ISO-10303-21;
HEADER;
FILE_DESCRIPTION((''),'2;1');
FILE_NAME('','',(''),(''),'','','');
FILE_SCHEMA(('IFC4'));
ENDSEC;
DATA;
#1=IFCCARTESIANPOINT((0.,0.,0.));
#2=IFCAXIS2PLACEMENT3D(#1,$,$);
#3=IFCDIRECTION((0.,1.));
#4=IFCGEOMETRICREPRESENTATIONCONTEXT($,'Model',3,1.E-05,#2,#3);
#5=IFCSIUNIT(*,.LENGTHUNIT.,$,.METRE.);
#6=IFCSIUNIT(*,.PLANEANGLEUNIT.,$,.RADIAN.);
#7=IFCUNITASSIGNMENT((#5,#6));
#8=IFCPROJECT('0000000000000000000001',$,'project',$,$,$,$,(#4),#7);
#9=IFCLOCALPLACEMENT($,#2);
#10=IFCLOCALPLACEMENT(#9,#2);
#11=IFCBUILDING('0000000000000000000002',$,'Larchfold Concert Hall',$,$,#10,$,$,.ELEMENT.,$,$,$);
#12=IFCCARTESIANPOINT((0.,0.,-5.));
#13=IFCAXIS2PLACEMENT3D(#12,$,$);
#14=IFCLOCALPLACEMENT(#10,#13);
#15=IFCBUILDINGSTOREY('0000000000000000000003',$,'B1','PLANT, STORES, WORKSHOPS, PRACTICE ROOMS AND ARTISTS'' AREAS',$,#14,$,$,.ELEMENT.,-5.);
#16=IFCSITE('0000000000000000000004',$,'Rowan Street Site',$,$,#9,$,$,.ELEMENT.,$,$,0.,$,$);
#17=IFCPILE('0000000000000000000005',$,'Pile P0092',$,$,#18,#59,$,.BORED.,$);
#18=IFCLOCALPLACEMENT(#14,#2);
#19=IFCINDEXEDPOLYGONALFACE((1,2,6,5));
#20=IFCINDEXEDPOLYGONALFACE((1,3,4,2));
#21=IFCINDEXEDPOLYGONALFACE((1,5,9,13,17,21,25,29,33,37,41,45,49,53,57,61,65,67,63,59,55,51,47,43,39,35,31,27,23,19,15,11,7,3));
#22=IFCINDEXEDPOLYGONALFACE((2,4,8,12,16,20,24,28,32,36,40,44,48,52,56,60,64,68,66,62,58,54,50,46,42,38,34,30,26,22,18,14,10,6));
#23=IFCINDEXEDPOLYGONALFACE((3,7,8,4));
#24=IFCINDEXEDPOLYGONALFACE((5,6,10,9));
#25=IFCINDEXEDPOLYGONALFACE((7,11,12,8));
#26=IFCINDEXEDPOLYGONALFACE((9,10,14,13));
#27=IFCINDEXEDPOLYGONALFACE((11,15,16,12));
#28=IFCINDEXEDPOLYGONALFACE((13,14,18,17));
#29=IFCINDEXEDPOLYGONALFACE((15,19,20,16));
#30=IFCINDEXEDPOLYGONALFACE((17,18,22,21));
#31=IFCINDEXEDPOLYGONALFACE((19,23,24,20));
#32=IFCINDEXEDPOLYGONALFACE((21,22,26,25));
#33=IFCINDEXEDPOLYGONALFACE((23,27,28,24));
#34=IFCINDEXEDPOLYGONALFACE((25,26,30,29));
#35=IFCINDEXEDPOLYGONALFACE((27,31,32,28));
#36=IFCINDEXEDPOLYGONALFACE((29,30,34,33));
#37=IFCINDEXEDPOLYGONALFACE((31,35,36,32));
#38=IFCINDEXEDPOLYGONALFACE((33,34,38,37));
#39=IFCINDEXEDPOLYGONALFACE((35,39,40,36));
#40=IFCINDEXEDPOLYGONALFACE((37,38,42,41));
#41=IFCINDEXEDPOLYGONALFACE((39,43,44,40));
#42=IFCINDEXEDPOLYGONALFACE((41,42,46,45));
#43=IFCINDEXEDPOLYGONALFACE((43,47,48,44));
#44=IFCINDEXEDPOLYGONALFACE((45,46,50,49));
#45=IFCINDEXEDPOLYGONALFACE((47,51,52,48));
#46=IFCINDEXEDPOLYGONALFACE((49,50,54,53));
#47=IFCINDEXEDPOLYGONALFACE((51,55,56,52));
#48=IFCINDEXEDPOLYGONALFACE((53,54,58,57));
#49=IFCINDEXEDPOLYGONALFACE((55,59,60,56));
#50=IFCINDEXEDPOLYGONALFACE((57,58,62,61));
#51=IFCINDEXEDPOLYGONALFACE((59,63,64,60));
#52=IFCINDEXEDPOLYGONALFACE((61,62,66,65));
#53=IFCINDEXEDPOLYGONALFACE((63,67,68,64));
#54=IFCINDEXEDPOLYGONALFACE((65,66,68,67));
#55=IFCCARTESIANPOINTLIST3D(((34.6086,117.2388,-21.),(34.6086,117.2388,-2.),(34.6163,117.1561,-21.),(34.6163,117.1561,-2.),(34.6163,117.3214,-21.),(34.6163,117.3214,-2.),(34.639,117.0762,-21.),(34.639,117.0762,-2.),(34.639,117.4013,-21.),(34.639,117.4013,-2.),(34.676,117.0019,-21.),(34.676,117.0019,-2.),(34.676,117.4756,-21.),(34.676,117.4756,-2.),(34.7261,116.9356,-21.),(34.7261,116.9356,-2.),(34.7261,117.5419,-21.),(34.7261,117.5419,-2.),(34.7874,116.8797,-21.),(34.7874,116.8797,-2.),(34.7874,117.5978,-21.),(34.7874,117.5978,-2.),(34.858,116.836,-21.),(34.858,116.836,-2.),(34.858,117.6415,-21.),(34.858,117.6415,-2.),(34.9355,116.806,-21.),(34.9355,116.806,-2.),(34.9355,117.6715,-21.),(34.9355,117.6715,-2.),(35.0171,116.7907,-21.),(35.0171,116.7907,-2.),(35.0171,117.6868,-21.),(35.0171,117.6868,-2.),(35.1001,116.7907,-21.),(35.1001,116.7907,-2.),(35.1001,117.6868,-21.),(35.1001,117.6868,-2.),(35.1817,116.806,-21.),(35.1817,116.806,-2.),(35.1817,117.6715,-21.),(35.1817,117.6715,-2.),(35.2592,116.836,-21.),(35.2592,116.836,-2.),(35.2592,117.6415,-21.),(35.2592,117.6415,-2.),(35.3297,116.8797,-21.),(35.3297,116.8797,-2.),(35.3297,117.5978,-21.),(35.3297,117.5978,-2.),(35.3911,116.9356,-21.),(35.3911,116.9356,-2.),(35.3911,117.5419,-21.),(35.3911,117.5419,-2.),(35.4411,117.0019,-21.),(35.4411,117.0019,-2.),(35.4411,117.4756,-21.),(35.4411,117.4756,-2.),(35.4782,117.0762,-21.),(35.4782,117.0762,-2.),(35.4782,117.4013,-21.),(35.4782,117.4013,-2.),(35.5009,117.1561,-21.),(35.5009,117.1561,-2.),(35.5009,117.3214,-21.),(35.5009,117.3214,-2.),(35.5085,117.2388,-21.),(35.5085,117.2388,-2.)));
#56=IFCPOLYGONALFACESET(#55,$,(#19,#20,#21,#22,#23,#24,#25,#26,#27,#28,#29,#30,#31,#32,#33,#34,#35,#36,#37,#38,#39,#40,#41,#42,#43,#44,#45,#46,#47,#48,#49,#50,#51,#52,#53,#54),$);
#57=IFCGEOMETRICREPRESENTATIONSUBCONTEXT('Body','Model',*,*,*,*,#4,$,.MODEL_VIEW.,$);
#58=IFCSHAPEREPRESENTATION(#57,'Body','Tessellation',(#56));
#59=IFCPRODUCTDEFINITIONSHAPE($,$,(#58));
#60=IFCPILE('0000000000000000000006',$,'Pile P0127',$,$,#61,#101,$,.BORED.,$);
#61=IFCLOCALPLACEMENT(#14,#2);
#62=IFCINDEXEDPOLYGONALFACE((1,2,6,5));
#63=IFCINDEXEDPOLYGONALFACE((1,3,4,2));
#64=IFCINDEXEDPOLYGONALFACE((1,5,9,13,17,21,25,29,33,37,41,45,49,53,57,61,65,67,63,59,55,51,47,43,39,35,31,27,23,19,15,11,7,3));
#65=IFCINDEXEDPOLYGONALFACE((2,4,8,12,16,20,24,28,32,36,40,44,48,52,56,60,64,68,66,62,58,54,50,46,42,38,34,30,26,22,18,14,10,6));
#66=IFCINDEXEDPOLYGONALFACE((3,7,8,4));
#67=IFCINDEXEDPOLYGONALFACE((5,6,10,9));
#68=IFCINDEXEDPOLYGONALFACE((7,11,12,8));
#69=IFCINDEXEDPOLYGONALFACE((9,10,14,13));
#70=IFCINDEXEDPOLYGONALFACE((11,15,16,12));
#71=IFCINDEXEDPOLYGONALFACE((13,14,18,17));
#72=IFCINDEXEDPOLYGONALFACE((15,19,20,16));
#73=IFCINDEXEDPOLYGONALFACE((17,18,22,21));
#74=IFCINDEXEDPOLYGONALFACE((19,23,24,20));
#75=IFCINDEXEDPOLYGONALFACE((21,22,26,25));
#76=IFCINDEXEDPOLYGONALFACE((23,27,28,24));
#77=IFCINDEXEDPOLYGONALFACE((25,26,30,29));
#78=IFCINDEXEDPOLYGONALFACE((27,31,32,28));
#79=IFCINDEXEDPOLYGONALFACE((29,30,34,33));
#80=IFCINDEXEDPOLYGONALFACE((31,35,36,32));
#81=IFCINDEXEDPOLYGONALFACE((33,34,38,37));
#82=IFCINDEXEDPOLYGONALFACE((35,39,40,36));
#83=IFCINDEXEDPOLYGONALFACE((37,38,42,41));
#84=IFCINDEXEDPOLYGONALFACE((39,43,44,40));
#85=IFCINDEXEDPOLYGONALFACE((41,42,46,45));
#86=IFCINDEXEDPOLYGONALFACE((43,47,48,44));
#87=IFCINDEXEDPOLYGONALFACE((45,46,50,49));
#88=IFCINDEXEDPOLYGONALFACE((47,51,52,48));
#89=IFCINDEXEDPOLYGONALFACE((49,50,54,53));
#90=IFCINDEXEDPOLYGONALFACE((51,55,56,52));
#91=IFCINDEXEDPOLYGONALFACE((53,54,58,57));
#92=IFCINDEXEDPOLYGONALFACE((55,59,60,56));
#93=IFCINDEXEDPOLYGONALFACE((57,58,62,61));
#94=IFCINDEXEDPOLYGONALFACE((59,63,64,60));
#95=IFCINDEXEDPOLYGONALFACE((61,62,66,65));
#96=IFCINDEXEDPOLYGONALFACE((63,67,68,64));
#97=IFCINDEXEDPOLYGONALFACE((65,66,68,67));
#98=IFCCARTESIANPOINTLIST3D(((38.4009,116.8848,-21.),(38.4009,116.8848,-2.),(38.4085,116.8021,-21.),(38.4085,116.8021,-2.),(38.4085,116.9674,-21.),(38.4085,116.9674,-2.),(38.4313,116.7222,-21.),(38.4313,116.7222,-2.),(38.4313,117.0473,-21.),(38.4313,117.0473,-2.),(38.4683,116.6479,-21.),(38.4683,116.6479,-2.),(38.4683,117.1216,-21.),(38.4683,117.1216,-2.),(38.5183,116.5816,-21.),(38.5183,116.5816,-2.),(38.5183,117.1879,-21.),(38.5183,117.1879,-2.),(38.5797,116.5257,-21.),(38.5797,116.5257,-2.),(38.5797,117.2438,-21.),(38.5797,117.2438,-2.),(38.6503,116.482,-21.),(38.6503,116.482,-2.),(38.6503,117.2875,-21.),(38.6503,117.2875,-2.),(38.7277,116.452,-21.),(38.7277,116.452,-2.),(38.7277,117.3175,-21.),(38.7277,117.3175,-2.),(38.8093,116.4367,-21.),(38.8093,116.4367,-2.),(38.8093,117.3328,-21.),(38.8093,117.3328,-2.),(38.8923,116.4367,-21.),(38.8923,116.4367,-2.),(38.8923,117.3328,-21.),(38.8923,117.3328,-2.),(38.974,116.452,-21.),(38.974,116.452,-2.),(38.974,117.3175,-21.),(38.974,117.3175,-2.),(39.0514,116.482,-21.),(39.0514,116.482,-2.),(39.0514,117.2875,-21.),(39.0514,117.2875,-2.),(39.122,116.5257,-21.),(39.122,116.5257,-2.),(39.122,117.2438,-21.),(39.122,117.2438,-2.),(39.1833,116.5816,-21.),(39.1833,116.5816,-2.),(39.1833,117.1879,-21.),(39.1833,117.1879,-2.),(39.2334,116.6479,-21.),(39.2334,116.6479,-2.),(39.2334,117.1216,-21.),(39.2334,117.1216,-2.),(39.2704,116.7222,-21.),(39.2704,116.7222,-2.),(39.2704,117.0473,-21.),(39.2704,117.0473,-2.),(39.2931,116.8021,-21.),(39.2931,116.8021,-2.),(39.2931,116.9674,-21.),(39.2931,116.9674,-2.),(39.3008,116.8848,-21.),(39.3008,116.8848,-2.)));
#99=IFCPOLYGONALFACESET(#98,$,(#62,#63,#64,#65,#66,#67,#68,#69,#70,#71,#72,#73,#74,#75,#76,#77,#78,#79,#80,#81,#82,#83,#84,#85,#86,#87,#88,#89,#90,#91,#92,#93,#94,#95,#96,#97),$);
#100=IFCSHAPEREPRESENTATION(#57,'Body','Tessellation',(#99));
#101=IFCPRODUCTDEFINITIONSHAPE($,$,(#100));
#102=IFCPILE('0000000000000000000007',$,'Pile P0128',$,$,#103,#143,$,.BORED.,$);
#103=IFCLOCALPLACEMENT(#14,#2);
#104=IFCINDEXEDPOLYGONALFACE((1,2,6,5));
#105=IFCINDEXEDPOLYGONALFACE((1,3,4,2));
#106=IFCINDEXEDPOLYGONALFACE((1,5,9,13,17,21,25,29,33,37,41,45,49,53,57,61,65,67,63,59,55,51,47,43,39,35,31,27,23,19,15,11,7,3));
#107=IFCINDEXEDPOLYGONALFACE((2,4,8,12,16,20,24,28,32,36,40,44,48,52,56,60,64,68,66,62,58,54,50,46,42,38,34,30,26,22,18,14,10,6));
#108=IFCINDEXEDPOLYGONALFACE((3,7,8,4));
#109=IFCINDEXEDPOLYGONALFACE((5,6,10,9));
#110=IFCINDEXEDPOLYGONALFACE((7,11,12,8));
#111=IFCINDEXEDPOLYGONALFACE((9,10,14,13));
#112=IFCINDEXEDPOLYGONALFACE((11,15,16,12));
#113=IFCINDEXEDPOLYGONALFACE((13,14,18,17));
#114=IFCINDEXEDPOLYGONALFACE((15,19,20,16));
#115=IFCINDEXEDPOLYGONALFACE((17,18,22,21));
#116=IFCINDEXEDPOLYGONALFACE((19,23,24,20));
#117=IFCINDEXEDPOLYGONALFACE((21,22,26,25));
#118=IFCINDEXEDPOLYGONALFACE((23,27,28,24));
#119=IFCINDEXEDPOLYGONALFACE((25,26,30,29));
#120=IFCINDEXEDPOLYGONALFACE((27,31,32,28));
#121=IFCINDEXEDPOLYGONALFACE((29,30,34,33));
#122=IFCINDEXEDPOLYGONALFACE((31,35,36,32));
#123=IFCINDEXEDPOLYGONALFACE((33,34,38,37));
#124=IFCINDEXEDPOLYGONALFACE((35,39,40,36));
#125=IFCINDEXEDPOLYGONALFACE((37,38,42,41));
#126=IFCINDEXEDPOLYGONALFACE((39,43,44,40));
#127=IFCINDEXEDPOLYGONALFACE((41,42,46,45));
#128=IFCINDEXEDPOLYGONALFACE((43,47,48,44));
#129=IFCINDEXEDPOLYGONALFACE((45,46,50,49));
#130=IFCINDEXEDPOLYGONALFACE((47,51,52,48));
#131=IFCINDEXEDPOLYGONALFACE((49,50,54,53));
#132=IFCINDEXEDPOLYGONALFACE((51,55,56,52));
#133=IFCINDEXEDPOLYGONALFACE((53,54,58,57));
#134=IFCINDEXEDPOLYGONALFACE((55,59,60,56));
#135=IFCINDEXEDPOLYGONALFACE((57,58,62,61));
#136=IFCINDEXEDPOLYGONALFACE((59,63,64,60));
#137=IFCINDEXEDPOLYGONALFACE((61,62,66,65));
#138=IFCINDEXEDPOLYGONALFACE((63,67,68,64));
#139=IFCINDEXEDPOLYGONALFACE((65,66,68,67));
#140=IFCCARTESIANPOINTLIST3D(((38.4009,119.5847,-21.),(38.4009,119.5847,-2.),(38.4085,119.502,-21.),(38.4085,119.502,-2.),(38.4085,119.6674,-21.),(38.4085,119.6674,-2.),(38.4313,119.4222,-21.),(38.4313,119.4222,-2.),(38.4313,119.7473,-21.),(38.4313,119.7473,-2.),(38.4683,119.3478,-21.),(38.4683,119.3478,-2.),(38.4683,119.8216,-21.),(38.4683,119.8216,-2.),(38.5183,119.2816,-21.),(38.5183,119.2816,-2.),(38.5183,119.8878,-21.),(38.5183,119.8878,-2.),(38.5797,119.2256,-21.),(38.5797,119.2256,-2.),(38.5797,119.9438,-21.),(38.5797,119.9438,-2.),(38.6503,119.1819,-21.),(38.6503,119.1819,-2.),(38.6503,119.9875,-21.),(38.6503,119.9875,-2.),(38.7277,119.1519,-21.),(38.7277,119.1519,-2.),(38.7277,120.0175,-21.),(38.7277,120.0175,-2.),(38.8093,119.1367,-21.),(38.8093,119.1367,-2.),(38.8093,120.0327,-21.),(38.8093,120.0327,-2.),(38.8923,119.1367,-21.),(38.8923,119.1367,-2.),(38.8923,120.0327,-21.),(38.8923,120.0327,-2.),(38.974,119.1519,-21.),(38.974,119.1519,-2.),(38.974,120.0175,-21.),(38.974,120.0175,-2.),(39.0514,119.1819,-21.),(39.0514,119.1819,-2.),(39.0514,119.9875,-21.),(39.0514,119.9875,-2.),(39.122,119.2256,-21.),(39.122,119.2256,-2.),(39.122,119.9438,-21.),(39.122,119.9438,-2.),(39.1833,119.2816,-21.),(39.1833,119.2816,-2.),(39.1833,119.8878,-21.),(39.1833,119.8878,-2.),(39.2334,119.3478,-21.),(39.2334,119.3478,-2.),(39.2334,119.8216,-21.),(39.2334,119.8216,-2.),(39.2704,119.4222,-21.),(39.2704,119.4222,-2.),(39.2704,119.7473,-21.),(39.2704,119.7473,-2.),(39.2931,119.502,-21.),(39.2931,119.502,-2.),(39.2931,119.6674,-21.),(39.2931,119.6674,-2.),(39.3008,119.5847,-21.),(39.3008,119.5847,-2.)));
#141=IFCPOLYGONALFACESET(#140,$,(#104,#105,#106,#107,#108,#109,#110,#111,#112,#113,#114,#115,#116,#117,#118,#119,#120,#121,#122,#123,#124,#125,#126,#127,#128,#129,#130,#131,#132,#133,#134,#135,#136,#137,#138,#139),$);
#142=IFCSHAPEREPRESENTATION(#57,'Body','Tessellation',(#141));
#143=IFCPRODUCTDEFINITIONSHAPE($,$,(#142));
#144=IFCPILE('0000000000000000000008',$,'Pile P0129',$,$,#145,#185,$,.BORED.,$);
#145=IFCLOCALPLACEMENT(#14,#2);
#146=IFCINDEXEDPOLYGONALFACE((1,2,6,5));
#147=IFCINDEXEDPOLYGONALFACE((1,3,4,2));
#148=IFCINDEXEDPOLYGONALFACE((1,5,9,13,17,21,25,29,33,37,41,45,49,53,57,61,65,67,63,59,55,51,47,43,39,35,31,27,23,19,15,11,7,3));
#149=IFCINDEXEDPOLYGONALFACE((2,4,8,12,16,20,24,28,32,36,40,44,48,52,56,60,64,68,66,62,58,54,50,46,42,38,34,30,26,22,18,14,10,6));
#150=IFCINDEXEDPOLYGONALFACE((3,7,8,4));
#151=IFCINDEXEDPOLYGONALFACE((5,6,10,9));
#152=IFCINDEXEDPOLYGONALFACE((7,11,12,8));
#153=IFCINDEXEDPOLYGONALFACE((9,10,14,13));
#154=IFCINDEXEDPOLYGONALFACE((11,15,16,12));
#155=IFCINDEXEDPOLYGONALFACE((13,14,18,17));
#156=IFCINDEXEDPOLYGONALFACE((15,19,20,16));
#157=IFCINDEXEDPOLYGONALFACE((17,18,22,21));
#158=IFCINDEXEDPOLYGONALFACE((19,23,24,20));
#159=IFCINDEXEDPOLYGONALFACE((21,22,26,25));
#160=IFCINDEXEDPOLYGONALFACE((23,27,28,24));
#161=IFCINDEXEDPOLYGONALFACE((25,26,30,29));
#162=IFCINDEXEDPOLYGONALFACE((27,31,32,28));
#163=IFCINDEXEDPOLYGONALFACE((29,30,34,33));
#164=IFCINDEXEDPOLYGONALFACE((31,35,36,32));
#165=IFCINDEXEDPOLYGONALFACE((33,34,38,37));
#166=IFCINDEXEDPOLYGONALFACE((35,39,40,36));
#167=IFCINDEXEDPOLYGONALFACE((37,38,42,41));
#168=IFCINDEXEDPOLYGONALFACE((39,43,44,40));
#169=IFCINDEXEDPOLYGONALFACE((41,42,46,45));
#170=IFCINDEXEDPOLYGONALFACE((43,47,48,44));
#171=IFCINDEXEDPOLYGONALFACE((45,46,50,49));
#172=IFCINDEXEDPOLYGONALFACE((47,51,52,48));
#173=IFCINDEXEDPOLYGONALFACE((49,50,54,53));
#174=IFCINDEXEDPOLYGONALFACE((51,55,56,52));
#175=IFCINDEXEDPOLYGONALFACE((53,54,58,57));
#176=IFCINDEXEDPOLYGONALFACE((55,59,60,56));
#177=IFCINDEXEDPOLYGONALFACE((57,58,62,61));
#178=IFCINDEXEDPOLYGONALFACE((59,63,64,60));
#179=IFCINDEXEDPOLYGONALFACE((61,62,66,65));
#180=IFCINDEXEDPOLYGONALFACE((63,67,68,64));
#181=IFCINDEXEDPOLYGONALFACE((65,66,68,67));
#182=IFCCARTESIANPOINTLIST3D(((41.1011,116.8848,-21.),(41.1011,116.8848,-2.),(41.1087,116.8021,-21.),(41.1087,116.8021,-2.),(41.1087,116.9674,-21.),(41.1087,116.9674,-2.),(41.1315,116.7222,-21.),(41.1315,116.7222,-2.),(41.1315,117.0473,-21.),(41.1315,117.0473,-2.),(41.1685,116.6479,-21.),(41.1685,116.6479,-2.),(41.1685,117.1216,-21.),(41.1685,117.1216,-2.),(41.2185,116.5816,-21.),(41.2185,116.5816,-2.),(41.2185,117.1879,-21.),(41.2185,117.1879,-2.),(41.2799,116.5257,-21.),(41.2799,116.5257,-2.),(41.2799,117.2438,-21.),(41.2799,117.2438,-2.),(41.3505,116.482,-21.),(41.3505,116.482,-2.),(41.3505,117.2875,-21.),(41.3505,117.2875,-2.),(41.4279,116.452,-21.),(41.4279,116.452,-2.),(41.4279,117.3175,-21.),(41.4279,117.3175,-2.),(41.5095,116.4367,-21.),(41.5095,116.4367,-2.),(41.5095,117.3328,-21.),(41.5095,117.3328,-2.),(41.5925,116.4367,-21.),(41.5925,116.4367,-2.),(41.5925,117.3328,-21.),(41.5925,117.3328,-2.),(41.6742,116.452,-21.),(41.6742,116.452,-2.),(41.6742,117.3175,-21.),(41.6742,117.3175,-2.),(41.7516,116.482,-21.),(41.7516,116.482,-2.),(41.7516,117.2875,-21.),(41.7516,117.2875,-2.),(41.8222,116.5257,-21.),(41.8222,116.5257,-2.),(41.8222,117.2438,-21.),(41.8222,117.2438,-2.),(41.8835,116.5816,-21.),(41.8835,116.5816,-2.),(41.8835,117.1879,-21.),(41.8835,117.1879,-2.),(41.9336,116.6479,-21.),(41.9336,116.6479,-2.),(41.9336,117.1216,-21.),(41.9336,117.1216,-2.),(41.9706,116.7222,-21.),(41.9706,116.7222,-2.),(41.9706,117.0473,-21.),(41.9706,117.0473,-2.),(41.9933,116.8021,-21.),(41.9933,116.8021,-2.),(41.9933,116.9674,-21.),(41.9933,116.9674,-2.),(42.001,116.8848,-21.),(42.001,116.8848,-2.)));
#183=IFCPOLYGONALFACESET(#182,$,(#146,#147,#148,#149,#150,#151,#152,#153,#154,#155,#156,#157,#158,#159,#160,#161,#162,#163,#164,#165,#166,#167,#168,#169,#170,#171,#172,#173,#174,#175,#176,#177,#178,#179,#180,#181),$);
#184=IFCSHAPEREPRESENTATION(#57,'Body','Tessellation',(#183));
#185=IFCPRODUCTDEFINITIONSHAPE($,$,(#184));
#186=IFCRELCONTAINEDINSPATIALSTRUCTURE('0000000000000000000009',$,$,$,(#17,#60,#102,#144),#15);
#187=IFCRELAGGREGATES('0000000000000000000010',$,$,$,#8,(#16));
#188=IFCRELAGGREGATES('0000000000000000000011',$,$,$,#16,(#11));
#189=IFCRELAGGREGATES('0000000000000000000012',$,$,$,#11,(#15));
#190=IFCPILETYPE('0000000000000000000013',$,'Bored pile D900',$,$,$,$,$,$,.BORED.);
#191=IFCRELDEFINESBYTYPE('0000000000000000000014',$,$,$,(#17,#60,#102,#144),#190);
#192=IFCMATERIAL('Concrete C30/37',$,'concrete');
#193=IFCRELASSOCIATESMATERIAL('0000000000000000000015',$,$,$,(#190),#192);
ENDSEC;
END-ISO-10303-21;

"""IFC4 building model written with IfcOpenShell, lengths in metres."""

from ifc_helpers import new_model, si_unit, direction, frame, origin, origin_2d, place, context, subcontext, project, spatial, circle, extrude, material, material_profile, profile_set, type_object, element, save


model = new_model("IFC4")

# Units and contexts
model_context = context("Model", 3, precision=1e-05, world=origin(), true_north=direction((0.0, 1.0)))
body_context = subcontext(model_context, "Body", "Model", "MODEL_VIEW")
ifc_project = project(units=[si_unit("LENGTHUNIT", "METRE"), si_unit("PLANEANGLEUNIT", "RADIAN")], contexts=[model_context])

# Site, building, storey
site_placement = place(None, origin())
site = spatial("IfcSite", under=ifc_project, at=site_placement, Name="Rowan Street Site", CompositionType="ELEMENT", RefElevation=0.0)
building_placement = place(site_placement, origin())
building = spatial("IfcBuilding", under=site, at=building_placement, Name="Larchfold Concert Hall", CompositionType="ELEMENT")
storey_placement = place(building_placement, frame((0.0, 0.0, -5.0)))
storey = spatial("IfcBuildingStorey", under=building, at=storey_placement, Name="B1", Description="PLANT, STORES, WORKSHOPS, PRACTICE ROOMS AND ARTISTS' AREAS", CompositionType="ELEMENT", Elevation=-5.0)

# Piles
ifc_material_1 = material(Name="Concrete C30/37", Category="concrete")
ifc_material_profile_1 = material_profile(ifc_material_1, circle(Radius=0.45, at=origin_2d()))
ifc_profile_set_1 = profile_set([ifc_material_profile_1], Name="Concrete C30/37")
pile_type = type_object("IfcPileType", Name="Bored pile D900", PredefinedType="BORED", material=ifc_profile_set_1)
for number, where, z_axis, x_axis, name in (
    (1, (35.0586, 117.2388, -2.0), (0.0, 0.0, -1.0), (1.0, 0.0, 0.0), "Pile P0092"),
    (2, (38.8508, 116.8848, -2.0), (0.0, 0.0, -1.0), (1.0, 0.0, 0.0), "Pile P0127"),
    (3, (38.8508, 119.5847, -2.0), (0.0, 0.0, -1.0), (1.0, 0.0, 0.0), "Pile P0128"),
    (4, (41.551, 116.8848, -2.0), (0.0, 0.0, -1.0), (1.0, 0.0, 0.0), "Pile P0129"),
):
    element("IfcPile", number, at=place(storey_placement, frame(where, z_axis=z_axis, x_axis=x_axis)), inside=storey, type_object=pile_type, Name=name, PredefinedType="BORED", context=body_context, shape_type="SweptSolid", body=[
        extrude(circle(Radius=0.45, at=origin_2d()), origin(), (0.0, 0.0, 1.0), 19.0),
    ])

save(model, "model.ifc")
